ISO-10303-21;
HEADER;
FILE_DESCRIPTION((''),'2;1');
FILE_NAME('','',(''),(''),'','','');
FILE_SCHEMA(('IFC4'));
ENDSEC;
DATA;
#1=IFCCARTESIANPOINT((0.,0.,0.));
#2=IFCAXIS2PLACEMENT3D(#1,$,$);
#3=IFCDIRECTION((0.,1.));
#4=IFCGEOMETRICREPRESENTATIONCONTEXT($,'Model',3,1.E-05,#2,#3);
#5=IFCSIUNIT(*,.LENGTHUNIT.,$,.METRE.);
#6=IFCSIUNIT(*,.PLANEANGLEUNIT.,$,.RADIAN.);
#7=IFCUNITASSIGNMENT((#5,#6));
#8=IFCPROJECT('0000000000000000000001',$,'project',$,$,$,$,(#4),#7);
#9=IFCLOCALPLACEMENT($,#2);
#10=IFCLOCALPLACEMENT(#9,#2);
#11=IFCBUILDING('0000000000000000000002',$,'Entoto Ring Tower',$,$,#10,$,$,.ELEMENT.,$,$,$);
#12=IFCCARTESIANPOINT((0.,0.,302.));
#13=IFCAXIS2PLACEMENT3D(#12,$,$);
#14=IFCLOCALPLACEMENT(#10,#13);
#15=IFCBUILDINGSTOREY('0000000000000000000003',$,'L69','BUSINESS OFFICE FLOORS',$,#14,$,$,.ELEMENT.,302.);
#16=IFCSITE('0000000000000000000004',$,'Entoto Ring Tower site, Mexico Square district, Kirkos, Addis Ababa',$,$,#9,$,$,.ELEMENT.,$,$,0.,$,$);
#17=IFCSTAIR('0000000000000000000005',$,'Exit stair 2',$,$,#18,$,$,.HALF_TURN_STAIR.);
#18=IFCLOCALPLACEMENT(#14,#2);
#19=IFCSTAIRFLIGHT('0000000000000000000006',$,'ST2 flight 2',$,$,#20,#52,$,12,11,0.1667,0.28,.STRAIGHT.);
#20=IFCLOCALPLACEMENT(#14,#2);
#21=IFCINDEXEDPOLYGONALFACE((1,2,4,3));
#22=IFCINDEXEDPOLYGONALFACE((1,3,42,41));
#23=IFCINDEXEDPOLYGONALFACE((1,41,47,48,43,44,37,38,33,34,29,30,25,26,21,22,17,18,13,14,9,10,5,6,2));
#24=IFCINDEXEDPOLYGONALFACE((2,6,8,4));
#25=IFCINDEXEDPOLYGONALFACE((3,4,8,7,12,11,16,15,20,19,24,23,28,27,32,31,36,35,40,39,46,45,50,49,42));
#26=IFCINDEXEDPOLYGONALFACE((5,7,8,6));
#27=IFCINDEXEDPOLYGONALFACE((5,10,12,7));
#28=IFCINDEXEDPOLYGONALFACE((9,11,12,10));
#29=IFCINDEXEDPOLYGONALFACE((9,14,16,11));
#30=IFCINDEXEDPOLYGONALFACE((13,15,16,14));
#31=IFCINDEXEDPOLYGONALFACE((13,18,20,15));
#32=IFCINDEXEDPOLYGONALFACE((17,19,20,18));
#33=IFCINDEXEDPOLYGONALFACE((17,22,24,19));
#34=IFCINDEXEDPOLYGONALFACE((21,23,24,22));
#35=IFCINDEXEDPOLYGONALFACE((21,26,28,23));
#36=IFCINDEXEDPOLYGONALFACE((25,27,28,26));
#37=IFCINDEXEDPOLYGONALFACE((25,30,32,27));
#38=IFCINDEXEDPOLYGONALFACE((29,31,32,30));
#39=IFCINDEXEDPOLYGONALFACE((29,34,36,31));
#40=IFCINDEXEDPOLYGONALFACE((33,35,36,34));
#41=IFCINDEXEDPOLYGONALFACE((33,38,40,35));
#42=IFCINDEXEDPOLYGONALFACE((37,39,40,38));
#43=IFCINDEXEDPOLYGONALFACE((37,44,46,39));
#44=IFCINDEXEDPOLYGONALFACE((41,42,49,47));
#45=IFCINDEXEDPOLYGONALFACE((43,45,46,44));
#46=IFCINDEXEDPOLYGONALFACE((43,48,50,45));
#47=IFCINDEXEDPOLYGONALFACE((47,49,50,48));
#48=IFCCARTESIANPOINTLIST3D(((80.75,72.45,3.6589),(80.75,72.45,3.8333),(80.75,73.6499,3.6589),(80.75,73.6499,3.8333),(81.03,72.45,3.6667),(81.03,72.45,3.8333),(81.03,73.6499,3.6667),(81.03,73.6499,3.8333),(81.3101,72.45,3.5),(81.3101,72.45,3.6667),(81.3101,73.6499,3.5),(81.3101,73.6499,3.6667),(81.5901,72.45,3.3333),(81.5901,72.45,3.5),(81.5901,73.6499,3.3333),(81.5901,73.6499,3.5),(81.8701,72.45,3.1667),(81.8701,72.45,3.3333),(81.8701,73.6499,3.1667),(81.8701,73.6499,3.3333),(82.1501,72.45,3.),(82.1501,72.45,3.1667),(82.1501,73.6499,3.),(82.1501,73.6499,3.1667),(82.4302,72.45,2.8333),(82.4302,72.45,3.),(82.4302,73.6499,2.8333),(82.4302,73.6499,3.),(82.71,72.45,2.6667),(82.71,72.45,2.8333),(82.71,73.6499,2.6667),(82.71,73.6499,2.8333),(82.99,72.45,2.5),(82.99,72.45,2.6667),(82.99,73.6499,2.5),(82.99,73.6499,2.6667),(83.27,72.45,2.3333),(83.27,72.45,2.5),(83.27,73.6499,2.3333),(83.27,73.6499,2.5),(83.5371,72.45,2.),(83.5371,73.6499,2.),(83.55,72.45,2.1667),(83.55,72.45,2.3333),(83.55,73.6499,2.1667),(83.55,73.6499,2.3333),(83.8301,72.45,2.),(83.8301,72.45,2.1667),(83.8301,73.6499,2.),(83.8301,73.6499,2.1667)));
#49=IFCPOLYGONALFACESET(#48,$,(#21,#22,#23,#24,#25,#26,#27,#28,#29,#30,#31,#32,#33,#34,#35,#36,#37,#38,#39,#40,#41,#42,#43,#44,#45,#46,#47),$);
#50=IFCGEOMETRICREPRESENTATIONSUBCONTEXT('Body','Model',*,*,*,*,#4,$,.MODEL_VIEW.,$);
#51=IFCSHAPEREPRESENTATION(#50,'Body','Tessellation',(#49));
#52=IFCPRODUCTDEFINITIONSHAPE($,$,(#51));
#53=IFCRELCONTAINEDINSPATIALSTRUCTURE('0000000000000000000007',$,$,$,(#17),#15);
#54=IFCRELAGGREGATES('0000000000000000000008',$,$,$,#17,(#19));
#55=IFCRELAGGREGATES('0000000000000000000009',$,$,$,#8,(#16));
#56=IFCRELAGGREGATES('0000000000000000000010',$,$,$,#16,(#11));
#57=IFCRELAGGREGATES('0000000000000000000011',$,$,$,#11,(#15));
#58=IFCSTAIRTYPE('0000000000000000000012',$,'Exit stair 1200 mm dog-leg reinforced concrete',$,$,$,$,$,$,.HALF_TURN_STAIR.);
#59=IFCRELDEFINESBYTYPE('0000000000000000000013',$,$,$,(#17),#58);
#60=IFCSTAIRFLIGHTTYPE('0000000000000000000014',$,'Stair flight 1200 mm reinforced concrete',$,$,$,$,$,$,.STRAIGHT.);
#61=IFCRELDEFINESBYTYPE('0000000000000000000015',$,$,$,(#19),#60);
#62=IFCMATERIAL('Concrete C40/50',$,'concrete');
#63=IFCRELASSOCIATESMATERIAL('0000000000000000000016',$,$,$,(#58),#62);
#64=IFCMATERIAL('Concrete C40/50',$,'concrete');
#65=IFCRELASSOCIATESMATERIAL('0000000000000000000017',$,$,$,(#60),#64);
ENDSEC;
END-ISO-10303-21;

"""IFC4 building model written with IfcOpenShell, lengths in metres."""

from ifc_helpers import new_model, si_unit, direction, frame, origin, place, context, subcontext, project, spatial, polyline, outline, extrude, material, type_object, element, aggregate, save


model = new_model("IFC4")

# Units and contexts
model_context = context("Model", 3, precision=1e-05, world=origin(), true_north=direction((0.0, 1.0)))
body_context = subcontext(model_context, "Body", "Model", "MODEL_VIEW")
ifc_project = project(units=[si_unit("LENGTHUNIT", "METRE"), si_unit("PLANEANGLEUNIT", "RADIAN")], contexts=[model_context])

# Site, building, storey
site_placement = place(None, origin())
site = spatial("IfcSite", under=ifc_project, at=site_placement, Name="Entoto Ring Tower site, Mexico Square district, Kirkos, Addis Ababa", CompositionType="ELEMENT", RefElevation=0.0)
building_placement = place(site_placement, origin())
building = spatial("IfcBuilding", under=site, at=building_placement, Name="Entoto Ring Tower", CompositionType="ELEMENT")
storey_placement = place(building_placement, frame((0.0, 0.0, 302.0)))
storey = spatial("IfcBuildingStorey", under=building, at=storey_placement, Name="L69", Description="BUSINESS OFFICE FLOORS", CompositionType="ELEMENT", Elevation=302.0)

# Stair, stair flight
ifc_material_1 = material(Name="Concrete C40/50", Category="concrete")
stair_type = type_object("IfcStairType", Name="Exit stair 1200 mm dog-leg reinforced concrete", PredefinedType="HALF_TURN_STAIR", material=ifc_material_1)
stair_placement = place(storey_placement, origin())
stair = element("IfcStair", 1, at=stair_placement, inside=storey, type_object=stair_type, Name="Exit stair 2", PredefinedType="HALF_TURN_STAIR")
ifc_material_2 = material(Name="Concrete C40/50", Category="concrete")
stair_flight_type = type_object("IfcStairFlightType", Name="Stair flight 1200 mm reinforced concrete", PredefinedType="STRAIGHT", material=ifc_material_2)
stair_flight_1_placement = place(storey_placement, frame((83.8301, 73.05, 2.0), z_axis=(0.0, 0.0, 1.0), x_axis=(-1.0, 0.0, 0.0)))
stair_flight_1 = element("IfcStairFlight", 2, at=stair_flight_1_placement, type_object=stair_flight_type, Name="ST2 flight 2", NumberOfRisers=12, NumberOfTreads=11, PredefinedType="STRAIGHT", RiserHeight=0.1667, TreadLength=0.28, context=body_context, shape_type="SweptSolid", body=[
    extrude(outline(polyline([(0.0, 0.0), (0.0, 0.1667), (0.28, 0.1667), (0.28, 0.3333), (0.5601, 0.3333), (0.5601, 0.5), (0.8401, 0.5), (0.8401, 0.6667), (1.1201, 0.6667), (1.1201, 0.8333), (1.3999, 0.8333), (1.3999, 1.0), (1.6799, 1.0), (1.6799, 1.1667), (1.96, 1.1667), (1.96, 1.3333), (2.24, 1.3333), (2.24, 1.5), (2.52, 1.5), (2.52, 1.6667), (2.8, 1.6667), (2.8, 1.8333), (3.0801, 1.8333), (3.0801, 2.0), (3.0801, 1.6589), (0.293, 0.0), (0.0, 0.0)])), frame((0.0, 0.6001, 0.0), z_axis=(0.0, -1.0, 0.0), x_axis=(1.0, 0.0, 0.0)), (0.0, 0.0, 1.0), 1.2),
])
aggregate(stair, [stair_flight_1])

save(model, "model.ifc")
